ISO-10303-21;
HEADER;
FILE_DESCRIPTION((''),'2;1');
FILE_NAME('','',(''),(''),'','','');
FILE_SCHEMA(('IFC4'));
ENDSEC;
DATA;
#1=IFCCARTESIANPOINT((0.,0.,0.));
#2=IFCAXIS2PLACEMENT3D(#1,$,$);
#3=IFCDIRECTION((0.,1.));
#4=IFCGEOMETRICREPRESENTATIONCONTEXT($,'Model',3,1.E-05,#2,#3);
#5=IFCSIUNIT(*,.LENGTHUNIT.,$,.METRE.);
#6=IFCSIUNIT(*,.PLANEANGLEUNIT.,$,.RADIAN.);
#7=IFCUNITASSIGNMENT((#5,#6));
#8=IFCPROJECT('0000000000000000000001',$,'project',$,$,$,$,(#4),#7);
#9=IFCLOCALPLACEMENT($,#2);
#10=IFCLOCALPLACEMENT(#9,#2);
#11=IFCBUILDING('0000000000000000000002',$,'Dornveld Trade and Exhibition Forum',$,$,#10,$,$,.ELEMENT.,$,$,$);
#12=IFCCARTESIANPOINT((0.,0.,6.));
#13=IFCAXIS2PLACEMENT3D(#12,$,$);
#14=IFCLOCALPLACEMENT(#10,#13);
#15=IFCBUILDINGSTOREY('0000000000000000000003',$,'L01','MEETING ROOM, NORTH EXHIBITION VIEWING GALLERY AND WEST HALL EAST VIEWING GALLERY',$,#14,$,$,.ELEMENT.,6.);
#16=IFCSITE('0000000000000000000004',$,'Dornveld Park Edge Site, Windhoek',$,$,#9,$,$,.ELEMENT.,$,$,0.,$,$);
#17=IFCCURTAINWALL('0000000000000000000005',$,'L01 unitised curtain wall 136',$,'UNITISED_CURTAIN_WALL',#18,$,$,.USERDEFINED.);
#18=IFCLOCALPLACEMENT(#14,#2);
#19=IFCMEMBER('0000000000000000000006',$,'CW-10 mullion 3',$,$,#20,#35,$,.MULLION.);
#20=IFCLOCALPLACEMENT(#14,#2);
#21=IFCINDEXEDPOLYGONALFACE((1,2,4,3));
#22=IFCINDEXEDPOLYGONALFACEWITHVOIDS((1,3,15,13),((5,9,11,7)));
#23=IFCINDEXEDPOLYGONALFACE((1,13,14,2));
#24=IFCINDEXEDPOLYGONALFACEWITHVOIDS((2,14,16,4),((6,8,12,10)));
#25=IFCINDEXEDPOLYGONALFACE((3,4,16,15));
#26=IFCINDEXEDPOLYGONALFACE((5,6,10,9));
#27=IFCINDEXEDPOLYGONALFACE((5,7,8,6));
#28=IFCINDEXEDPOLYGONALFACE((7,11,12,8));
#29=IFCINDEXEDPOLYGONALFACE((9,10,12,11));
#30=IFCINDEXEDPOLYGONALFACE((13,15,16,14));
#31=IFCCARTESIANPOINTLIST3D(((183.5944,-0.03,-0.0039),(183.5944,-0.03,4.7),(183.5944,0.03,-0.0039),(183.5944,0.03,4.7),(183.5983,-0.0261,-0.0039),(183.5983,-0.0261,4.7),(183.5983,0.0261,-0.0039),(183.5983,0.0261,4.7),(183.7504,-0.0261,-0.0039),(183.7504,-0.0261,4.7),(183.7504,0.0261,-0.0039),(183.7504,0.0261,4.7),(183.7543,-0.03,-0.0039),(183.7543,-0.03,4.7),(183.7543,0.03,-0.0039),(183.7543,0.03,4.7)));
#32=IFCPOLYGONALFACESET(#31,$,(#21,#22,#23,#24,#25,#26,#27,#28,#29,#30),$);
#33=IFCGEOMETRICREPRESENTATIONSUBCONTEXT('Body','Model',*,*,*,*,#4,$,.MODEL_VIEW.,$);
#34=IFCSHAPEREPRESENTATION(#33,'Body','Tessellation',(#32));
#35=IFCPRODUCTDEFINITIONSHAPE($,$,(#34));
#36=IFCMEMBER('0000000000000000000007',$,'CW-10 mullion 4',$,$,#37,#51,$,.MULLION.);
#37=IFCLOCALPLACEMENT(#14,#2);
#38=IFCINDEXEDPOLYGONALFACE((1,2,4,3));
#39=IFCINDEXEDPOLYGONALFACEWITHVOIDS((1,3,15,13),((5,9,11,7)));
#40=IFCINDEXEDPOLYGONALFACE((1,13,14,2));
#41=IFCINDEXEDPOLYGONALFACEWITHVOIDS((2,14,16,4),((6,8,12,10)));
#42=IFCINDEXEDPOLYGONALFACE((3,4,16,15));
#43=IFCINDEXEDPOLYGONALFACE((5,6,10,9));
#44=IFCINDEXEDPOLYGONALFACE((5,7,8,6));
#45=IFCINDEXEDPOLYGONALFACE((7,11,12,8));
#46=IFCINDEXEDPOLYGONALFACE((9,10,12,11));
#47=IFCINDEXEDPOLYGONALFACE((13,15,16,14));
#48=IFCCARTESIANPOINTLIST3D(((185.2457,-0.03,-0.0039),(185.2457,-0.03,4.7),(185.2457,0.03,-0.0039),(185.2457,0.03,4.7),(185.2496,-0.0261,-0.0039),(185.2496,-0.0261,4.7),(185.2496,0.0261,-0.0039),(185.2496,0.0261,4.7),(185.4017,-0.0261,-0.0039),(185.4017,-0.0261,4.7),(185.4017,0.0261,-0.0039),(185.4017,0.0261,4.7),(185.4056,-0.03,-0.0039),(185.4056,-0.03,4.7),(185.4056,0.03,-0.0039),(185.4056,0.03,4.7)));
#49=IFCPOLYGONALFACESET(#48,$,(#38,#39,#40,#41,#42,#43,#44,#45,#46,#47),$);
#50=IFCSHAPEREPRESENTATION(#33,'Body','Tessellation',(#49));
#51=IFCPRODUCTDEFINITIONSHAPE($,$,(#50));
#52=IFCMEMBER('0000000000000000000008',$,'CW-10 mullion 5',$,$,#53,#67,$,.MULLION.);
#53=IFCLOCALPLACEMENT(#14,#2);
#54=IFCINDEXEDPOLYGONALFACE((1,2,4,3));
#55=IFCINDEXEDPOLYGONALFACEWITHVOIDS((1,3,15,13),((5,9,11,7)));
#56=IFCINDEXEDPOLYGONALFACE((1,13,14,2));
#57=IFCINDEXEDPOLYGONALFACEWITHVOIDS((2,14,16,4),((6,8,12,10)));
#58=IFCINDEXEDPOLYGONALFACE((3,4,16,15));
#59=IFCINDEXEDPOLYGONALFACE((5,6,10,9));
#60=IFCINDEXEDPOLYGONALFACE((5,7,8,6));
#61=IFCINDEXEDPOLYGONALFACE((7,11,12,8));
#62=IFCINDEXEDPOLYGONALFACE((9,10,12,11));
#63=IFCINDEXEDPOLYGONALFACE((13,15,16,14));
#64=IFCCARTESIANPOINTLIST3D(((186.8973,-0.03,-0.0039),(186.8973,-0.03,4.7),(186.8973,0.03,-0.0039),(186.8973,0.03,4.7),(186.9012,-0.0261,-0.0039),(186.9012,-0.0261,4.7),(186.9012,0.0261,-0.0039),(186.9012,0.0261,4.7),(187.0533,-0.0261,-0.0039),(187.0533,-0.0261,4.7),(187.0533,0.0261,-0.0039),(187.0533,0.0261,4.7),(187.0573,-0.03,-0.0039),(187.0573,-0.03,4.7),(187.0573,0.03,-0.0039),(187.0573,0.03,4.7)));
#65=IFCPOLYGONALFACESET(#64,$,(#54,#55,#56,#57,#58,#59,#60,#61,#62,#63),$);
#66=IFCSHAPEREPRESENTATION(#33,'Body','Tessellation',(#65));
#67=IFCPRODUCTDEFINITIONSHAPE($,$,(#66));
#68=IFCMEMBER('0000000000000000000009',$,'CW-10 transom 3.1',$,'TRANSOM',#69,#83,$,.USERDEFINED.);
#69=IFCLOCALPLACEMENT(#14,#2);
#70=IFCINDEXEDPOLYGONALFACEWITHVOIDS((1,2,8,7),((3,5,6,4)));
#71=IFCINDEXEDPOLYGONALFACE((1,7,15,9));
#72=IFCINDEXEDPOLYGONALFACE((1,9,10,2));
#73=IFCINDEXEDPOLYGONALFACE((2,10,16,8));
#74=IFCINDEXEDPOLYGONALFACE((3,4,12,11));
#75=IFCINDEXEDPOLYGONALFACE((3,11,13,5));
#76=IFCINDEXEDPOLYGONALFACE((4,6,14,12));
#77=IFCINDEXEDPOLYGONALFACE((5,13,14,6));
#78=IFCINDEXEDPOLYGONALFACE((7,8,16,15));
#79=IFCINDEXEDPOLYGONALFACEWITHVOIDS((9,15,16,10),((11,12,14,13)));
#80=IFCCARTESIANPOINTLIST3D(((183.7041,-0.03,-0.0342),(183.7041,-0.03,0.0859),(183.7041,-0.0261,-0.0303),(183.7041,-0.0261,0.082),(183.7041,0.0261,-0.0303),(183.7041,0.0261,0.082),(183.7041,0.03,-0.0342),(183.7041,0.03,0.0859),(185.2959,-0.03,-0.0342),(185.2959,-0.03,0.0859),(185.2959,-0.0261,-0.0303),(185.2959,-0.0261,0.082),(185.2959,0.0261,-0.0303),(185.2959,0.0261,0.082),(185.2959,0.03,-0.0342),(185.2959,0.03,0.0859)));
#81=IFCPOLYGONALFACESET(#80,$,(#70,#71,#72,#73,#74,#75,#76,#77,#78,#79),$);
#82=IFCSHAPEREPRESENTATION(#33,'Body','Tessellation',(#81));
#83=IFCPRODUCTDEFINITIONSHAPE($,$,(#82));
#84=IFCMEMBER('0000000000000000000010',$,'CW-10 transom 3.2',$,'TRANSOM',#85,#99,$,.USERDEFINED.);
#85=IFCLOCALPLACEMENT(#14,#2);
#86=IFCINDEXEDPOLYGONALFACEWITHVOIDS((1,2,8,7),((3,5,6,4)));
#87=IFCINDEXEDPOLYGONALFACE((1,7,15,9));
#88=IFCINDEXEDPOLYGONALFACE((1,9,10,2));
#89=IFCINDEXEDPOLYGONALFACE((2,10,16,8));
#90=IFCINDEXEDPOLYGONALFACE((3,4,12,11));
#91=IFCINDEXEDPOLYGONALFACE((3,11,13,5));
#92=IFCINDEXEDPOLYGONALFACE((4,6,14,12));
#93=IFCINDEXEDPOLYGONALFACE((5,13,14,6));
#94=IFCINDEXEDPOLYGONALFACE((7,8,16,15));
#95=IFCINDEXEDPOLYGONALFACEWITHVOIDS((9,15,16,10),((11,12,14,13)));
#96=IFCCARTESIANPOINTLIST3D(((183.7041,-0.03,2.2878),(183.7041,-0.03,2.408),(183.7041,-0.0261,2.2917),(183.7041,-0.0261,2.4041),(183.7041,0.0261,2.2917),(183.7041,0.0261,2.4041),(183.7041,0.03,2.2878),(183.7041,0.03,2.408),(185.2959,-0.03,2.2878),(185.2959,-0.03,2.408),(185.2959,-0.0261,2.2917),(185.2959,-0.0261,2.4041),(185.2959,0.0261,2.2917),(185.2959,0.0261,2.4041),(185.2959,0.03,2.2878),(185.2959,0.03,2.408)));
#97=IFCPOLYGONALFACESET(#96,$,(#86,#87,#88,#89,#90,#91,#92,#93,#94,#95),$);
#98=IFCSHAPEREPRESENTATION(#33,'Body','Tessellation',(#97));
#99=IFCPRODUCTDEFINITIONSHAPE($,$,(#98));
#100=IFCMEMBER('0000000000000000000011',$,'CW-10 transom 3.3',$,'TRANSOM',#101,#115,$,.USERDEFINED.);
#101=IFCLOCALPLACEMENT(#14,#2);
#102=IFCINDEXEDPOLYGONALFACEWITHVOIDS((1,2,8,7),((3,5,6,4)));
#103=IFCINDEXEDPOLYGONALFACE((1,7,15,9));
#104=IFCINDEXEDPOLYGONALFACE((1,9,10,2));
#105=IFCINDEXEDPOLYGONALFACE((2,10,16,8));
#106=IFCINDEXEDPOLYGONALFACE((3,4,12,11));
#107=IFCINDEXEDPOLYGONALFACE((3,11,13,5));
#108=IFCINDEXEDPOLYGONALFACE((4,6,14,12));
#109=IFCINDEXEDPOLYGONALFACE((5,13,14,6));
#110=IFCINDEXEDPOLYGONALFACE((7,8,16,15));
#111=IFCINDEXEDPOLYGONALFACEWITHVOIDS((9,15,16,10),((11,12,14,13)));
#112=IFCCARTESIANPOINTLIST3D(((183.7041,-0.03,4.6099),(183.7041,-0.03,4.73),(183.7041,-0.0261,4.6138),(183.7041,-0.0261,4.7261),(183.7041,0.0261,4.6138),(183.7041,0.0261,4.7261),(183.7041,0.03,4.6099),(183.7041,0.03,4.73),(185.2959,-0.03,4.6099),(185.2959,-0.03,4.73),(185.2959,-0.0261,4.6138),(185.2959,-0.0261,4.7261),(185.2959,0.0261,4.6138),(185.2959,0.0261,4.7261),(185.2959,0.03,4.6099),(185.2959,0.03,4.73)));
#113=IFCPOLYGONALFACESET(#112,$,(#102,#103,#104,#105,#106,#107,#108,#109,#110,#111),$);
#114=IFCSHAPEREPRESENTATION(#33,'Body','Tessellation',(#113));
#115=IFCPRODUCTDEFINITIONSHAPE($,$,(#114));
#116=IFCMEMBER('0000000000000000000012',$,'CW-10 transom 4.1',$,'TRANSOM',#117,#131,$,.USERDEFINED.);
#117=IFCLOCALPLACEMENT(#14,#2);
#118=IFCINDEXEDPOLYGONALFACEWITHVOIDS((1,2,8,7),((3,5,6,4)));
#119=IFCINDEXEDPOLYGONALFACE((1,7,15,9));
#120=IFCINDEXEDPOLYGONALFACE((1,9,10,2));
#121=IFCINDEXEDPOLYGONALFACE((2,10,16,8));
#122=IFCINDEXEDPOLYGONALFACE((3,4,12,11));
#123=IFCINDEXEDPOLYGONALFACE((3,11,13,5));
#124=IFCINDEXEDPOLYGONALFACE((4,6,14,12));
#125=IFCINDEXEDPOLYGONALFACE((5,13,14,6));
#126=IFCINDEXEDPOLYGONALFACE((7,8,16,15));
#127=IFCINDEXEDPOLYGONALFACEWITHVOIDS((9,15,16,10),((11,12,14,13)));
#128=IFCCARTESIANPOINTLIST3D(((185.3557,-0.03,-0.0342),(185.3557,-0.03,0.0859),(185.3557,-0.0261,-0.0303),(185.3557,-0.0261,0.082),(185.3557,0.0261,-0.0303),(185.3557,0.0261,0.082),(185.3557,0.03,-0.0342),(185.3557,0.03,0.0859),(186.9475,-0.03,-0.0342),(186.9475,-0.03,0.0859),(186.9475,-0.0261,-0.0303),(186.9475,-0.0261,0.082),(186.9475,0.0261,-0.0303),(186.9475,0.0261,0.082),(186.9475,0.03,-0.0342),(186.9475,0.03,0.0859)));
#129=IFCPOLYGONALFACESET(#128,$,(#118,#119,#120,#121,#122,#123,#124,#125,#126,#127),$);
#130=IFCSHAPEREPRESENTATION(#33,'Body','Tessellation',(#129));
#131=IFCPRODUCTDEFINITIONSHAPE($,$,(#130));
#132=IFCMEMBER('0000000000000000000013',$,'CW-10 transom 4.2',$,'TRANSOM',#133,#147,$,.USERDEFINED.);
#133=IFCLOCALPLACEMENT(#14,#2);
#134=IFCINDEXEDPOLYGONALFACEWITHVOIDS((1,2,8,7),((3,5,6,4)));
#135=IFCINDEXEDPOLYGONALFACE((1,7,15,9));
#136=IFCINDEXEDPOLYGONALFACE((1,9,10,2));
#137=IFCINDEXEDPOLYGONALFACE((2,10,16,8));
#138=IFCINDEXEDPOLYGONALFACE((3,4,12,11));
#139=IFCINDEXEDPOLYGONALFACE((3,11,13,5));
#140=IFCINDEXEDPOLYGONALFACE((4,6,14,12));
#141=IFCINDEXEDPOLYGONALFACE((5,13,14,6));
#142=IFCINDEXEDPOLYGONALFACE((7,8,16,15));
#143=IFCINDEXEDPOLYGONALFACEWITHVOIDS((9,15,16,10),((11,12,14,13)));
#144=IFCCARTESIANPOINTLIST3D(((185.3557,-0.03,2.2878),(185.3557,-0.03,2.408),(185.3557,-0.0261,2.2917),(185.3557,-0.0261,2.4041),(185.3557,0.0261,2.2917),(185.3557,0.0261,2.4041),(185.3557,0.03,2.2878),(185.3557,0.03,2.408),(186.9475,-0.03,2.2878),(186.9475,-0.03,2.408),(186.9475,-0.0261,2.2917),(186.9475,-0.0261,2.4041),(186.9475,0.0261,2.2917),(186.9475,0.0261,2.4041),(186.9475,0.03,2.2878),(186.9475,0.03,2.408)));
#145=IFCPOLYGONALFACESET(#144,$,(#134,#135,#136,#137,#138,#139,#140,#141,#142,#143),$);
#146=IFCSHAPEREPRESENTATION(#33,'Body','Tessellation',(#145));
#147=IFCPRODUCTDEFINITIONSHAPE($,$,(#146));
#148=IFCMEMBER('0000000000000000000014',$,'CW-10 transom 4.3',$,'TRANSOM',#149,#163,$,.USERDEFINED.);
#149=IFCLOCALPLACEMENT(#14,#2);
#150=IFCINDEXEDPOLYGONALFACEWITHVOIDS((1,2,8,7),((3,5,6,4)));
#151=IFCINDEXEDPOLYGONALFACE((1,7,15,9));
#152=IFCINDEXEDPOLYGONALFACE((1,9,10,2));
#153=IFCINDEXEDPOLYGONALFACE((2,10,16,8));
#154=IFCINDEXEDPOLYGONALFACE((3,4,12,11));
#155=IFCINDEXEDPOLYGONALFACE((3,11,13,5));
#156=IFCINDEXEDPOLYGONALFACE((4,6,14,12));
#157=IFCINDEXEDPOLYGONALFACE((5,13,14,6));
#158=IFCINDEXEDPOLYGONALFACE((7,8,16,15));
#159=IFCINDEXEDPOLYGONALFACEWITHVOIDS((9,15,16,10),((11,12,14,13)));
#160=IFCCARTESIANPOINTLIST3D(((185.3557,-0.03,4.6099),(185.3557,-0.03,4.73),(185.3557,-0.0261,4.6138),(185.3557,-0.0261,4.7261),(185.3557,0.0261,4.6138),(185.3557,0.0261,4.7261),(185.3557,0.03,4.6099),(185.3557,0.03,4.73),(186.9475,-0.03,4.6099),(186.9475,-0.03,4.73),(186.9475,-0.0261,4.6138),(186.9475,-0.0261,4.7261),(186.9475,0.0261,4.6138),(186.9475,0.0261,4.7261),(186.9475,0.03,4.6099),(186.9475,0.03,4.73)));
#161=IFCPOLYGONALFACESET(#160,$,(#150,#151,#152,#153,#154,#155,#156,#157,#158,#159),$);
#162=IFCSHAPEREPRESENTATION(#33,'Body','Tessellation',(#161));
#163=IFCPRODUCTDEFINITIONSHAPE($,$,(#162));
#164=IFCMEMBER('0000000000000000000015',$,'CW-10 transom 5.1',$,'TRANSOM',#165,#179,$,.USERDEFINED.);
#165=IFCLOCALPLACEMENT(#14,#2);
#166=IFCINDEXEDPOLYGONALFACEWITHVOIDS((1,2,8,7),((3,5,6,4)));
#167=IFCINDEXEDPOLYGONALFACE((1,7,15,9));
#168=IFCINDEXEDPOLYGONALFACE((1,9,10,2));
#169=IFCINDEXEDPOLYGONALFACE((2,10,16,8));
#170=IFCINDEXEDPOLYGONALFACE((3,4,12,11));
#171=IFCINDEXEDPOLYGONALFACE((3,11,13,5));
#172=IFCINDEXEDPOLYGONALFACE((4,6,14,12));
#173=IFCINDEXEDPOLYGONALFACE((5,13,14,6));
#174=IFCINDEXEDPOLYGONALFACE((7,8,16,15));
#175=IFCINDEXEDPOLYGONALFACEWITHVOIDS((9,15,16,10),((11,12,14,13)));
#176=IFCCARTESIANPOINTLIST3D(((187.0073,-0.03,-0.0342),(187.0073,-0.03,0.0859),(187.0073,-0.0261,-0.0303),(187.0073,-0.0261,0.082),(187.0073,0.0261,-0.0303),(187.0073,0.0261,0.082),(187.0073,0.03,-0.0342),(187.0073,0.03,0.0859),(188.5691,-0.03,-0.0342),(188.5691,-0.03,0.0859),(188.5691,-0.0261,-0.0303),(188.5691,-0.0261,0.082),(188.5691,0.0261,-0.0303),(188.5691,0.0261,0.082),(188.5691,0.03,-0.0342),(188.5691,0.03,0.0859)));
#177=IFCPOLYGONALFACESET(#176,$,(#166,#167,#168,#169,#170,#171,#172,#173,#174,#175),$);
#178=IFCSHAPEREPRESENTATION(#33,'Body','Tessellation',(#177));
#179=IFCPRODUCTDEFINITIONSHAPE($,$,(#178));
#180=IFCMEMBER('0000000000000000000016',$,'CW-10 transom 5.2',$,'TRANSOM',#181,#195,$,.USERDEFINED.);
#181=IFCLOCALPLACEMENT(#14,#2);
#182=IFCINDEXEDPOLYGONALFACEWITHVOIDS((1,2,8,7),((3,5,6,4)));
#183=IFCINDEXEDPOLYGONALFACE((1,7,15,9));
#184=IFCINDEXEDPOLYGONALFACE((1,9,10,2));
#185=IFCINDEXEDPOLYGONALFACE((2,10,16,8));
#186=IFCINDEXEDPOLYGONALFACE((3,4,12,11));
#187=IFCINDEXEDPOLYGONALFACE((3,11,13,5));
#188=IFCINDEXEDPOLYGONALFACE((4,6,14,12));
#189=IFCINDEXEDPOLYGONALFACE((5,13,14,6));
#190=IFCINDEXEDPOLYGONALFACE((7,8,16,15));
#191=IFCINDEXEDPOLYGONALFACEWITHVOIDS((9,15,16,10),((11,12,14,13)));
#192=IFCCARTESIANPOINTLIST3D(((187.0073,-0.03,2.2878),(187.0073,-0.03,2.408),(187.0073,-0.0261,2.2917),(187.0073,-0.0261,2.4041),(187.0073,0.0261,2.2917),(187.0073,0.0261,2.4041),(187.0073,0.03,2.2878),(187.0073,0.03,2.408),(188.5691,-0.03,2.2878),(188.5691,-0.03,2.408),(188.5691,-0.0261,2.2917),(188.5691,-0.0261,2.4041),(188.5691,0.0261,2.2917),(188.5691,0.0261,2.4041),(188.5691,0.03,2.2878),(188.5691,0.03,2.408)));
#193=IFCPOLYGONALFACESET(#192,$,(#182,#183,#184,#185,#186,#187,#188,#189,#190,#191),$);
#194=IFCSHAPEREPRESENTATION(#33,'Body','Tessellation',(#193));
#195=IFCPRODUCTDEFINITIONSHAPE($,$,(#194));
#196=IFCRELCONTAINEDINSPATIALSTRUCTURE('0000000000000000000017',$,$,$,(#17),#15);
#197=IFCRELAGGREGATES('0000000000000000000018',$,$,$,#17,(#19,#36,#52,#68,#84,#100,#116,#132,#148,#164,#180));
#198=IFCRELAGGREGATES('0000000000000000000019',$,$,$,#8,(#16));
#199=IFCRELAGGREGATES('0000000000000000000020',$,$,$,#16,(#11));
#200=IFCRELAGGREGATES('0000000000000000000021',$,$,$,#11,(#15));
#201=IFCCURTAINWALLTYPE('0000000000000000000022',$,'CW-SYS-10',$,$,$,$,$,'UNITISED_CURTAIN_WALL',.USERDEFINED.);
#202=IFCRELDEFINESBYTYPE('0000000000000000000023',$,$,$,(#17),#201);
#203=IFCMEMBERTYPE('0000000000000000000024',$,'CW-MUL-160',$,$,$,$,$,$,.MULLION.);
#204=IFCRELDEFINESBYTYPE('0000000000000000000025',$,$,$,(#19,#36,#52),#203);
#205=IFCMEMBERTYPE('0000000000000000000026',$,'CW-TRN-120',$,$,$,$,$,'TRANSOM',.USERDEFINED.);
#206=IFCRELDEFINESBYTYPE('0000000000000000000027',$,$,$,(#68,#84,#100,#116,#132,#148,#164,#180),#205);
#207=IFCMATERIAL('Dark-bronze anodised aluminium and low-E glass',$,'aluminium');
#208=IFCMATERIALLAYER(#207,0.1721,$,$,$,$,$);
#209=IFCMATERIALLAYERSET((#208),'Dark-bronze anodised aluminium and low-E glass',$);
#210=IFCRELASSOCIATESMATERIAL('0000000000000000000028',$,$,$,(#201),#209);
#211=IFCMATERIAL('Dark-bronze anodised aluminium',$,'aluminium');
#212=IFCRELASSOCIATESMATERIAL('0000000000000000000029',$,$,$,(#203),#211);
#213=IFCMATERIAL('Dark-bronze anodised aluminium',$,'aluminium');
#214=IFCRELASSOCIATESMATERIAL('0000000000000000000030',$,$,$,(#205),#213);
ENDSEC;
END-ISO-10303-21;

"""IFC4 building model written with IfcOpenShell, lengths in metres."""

from ifc_helpers import new_model, si_unit, direction, frame, origin, origin_2d, place, context, subcontext, project, spatial, hollow_rectangle, extrude, material, layer, layer_set, material_profile, profile_set, type_object, element, aggregate, save


model = new_model("IFC4")

# Units and contexts
model_context = context("Model", 3, precision=1e-05, world=origin(), true_north=direction((0.0, 1.0)))
body_context = subcontext(model_context, "Body", "Model", "MODEL_VIEW")
ifc_project = project(units=[si_unit("LENGTHUNIT", "METRE"), si_unit("PLANEANGLEUNIT", "RADIAN")], contexts=[model_context])

# Site, building, storey
site_placement = place(None, origin())
site = spatial("IfcSite", under=ifc_project, at=site_placement, Name="Dornveld Park Edge Site, Windhoek", CompositionType="ELEMENT", RefElevation=0.0)
building_placement = place(site_placement, origin())
building = spatial("IfcBuilding", under=site, at=building_placement, Name="Dornveld Trade and Exhibition Forum", CompositionType="ELEMENT")
storey_placement = place(building_placement, frame((0.0, 0.0, 6.0)))
storey = spatial("IfcBuildingStorey", under=building, at=storey_placement, Name="L01", Description="MEETING ROOM, NORTH EXHIBITION VIEWING GALLERY AND WEST HALL EAST VIEWING GALLERY", CompositionType="ELEMENT", Elevation=6.0)

# Curtain wall, members
ifc_material_1 = material(Name="Dark-bronze anodised aluminium and low-E glass", Category="aluminium")
ifc_layer_1 = layer(ifc_material_1, 0.1721)
ifc_layer_set_1 = layer_set([ifc_layer_1], Name="Dark-bronze anodised aluminium and low-E glass")
curtain_wall_type = type_object("IfcCurtainWallType", Name="CW-SYS-10", ElementType="UNITISED_CURTAIN_WALL", PredefinedType="USERDEFINED", material=ifc_layer_set_1)
curtain_wall_placement = place(storey_placement, origin())
curtain_wall = element("IfcCurtainWall", 1, at=curtain_wall_placement, inside=storey, type_object=curtain_wall_type, Name="L01 unitised curtain wall 136", ObjectType="UNITISED_CURTAIN_WALL", PredefinedType="USERDEFINED")
ifc_material_2 = material(Name="Dark-bronze anodised aluminium", Category="aluminium")
ifc_material_profile_1 = material_profile(ifc_material_2, hollow_rectangle(XDim=0.0601, YDim=0.1599, WallThickness=0.0039, at=origin_2d()), Name="RHS 160x60x4")
ifc_profile_set_1 = profile_set([ifc_material_profile_1], Name="Dark-bronze anodised aluminium")
member_type_1 = type_object("IfcMemberType", Name="CW-MUL-160", PredefinedType="MULLION", material=ifc_profile_set_1)
member_1_placement = place(storey_placement, frame((183.6743, 0.0, -0.0039), z_axis=(0.0, 0.0, 1.0), x_axis=(0.0, 1.0, 0.0)))
member_1 = element("IfcMember", 2, at=member_1_placement, type_object=member_type_1, Name="CW-10 mullion 3", PredefinedType="MULLION", context=body_context, shape_type="SweptSolid", body=[
    extrude(hollow_rectangle(XDim=0.0601, YDim=0.1599, WallThickness=0.0039, at=origin_2d()), origin(), (0.0, 0.0, 1.0), 4.7039),
])
member_2_placement = place(storey_placement, frame((185.3257, 0.0, -0.0039), z_axis=(0.0, 0.0, 1.0), x_axis=(0.0, 1.0, 0.0)))
member_2 = element("IfcMember", 3, at=member_2_placement, type_object=member_type_1, Name="CW-10 mullion 4", PredefinedType="MULLION", context=body_context, shape_type="SweptSolid", body=[
    extrude(hollow_rectangle(XDim=0.0601, YDim=0.1599, WallThickness=0.0039, at=origin_2d()), origin(), (0.0, 0.0, 1.0), 4.7039),
])
member_3_placement = place(storey_placement, frame((186.9773, 0.0, -0.0039), z_axis=(0.0, 0.0, 1.0), x_axis=(0.0, 1.0, 0.0)))
member_3 = element("IfcMember", 4, at=member_3_placement, type_object=member_type_1, Name="CW-10 mullion 5", PredefinedType="MULLION", context=body_context, shape_type="SweptSolid", body=[
    extrude(hollow_rectangle(XDim=0.0601, YDim=0.1599, WallThickness=0.0039, at=origin_2d()), origin(), (0.0, 0.0, 1.0), 4.7039),
])
ifc_material_3 = material(Name="Dark-bronze anodised aluminium", Category="aluminium")
ifc_material_profile_2 = material_profile(ifc_material_3, hollow_rectangle(XDim=0.0601, YDim=0.1201, WallThickness=0.0039, at=origin_2d()), Name="RHS 120x60x4")
ifc_profile_set_2 = profile_set([ifc_material_profile_2], Name="Dark-bronze anodised aluminium")
member_type_2 = type_object("IfcMemberType", Name="CW-TRN-120", ElementType="TRANSOM", PredefinedType="USERDEFINED", material=ifc_profile_set_2)
member_4_placement = place(storey_placement, frame((183.7041, 0.0, 0.0259), z_axis=(1.0, 0.0, 0.0), x_axis=(0.0, 1.0, 0.0)))
member_4 = element("IfcMember", 5, at=member_4_placement, type_object=member_type_2, Name="CW-10 transom 3.1", ObjectType="TRANSOM", PredefinedType="USERDEFINED", context=body_context, shape_type="SweptSolid", body=[
    extrude(hollow_rectangle(XDim=0.0601, YDim=0.1201, WallThickness=0.0039, at=origin_2d()), origin(), (0.0, 0.0, 1.0), 1.5918),
])
member_5_placement = place(storey_placement, frame((183.7041, 0.0, 2.3479), z_axis=(1.0, 0.0, 0.0), x_axis=(0.0, 1.0, 0.0)))
member_5 = element("IfcMember", 6, at=member_5_placement, type_object=member_type_2, Name="CW-10 transom 3.2", ObjectType="TRANSOM", PredefinedType="USERDEFINED", context=body_context, shape_type="SweptSolid", body=[
    extrude(hollow_rectangle(XDim=0.0601, YDim=0.1201, WallThickness=0.0039, at=origin_2d()), origin(), (0.0, 0.0, 1.0), 1.5918),
])
member_6_placement = place(storey_placement, frame((183.7041, 0.0, 4.6699), z_axis=(1.0, 0.0, 0.0), x_axis=(0.0, 1.0, 0.0)))
member_6 = element("IfcMember", 7, at=member_6_placement, type_object=member_type_2, Name="CW-10 transom 3.3", ObjectType="TRANSOM", PredefinedType="USERDEFINED", context=body_context, shape_type="SweptSolid", body=[
    extrude(hollow_rectangle(XDim=0.0601, YDim=0.1201, WallThickness=0.0039, at=origin_2d()), origin(), (0.0, 0.0, 1.0), 1.5918),
])
member_7_placement = place(storey_placement, frame((185.3557, 0.0, 0.0259), z_axis=(1.0, 0.0, 0.0), x_axis=(0.0, 1.0, 0.0)))
member_7 = element("IfcMember", 8, at=member_7_placement, type_object=member_type_2, Name="CW-10 transom 4.1", ObjectType="TRANSOM", PredefinedType="USERDEFINED", context=body_context, shape_type="SweptSolid", body=[
    extrude(hollow_rectangle(XDim=0.0601, YDim=0.1201, WallThickness=0.0039, at=origin_2d()), origin(), (0.0, 0.0, 1.0), 1.5918),
])
member_8_placement = place(storey_placement, frame((185.3557, 0.0, 2.3479), z_axis=(1.0, 0.0, 0.0), x_axis=(0.0, 1.0, 0.0)))
member_8 = element("IfcMember", 9, at=member_8_placement, type_object=member_type_2, Name="CW-10 transom 4.2", ObjectType="TRANSOM", PredefinedType="USERDEFINED", context=body_context, shape_type="SweptSolid", body=[
    extrude(hollow_rectangle(XDim=0.0601, YDim=0.1201, WallThickness=0.0039, at=origin_2d()), origin(), (0.0, 0.0, 1.0), 1.5918),
])
member_9_placement = place(storey_placement, frame((185.3557, 0.0, 4.6699), z_axis=(1.0, 0.0, 0.0), x_axis=(0.0, 1.0, 0.0)))
member_9 = element("IfcMember", 10, at=member_9_placement, type_object=member_type_2, Name="CW-10 transom 4.3", ObjectType="TRANSOM", PredefinedType="USERDEFINED", context=body_context, shape_type="SweptSolid", body=[
    extrude(hollow_rectangle(XDim=0.0601, YDim=0.1201, WallThickness=0.0039, at=origin_2d()), origin(), (0.0, 0.0, 1.0), 1.5918),
])
member_10_placement = place(storey_placement, frame((187.0073, 0.0, 0.0259), z_axis=(1.0, 0.0, 0.0), x_axis=(0.0, 1.0, 0.0)))
member_10 = element("IfcMember", 11, at=member_10_placement, type_object=member_type_2, Name="CW-10 transom 5.1", ObjectType="TRANSOM", PredefinedType="USERDEFINED", context=body_context, shape_type="SweptSolid", body=[
    extrude(hollow_rectangle(XDim=0.0601, YDim=0.1201, WallThickness=0.0039, at=origin_2d()), origin(), (0.0, 0.0, 1.0), 1.5618),
])
member_11_placement = place(storey_placement, frame((187.0073, 0.0, 2.3479), z_axis=(1.0, 0.0, 0.0), x_axis=(0.0, 1.0, 0.0)))
member_11 = element("IfcMember", 12, at=member_11_placement, type_object=member_type_2, Name="CW-10 transom 5.2", ObjectType="TRANSOM", PredefinedType="USERDEFINED", context=body_context, shape_type="SweptSolid", body=[
    extrude(hollow_rectangle(XDim=0.0601, YDim=0.1201, WallThickness=0.0039, at=origin_2d()), origin(), (0.0, 0.0, 1.0), 1.5618),
])

aggregate(curtain_wall, [member_1, member_2, member_3, member_4, member_5, member_6, member_7, member_8, member_9, member_10, member_11])

save(model, "model.ifc")
